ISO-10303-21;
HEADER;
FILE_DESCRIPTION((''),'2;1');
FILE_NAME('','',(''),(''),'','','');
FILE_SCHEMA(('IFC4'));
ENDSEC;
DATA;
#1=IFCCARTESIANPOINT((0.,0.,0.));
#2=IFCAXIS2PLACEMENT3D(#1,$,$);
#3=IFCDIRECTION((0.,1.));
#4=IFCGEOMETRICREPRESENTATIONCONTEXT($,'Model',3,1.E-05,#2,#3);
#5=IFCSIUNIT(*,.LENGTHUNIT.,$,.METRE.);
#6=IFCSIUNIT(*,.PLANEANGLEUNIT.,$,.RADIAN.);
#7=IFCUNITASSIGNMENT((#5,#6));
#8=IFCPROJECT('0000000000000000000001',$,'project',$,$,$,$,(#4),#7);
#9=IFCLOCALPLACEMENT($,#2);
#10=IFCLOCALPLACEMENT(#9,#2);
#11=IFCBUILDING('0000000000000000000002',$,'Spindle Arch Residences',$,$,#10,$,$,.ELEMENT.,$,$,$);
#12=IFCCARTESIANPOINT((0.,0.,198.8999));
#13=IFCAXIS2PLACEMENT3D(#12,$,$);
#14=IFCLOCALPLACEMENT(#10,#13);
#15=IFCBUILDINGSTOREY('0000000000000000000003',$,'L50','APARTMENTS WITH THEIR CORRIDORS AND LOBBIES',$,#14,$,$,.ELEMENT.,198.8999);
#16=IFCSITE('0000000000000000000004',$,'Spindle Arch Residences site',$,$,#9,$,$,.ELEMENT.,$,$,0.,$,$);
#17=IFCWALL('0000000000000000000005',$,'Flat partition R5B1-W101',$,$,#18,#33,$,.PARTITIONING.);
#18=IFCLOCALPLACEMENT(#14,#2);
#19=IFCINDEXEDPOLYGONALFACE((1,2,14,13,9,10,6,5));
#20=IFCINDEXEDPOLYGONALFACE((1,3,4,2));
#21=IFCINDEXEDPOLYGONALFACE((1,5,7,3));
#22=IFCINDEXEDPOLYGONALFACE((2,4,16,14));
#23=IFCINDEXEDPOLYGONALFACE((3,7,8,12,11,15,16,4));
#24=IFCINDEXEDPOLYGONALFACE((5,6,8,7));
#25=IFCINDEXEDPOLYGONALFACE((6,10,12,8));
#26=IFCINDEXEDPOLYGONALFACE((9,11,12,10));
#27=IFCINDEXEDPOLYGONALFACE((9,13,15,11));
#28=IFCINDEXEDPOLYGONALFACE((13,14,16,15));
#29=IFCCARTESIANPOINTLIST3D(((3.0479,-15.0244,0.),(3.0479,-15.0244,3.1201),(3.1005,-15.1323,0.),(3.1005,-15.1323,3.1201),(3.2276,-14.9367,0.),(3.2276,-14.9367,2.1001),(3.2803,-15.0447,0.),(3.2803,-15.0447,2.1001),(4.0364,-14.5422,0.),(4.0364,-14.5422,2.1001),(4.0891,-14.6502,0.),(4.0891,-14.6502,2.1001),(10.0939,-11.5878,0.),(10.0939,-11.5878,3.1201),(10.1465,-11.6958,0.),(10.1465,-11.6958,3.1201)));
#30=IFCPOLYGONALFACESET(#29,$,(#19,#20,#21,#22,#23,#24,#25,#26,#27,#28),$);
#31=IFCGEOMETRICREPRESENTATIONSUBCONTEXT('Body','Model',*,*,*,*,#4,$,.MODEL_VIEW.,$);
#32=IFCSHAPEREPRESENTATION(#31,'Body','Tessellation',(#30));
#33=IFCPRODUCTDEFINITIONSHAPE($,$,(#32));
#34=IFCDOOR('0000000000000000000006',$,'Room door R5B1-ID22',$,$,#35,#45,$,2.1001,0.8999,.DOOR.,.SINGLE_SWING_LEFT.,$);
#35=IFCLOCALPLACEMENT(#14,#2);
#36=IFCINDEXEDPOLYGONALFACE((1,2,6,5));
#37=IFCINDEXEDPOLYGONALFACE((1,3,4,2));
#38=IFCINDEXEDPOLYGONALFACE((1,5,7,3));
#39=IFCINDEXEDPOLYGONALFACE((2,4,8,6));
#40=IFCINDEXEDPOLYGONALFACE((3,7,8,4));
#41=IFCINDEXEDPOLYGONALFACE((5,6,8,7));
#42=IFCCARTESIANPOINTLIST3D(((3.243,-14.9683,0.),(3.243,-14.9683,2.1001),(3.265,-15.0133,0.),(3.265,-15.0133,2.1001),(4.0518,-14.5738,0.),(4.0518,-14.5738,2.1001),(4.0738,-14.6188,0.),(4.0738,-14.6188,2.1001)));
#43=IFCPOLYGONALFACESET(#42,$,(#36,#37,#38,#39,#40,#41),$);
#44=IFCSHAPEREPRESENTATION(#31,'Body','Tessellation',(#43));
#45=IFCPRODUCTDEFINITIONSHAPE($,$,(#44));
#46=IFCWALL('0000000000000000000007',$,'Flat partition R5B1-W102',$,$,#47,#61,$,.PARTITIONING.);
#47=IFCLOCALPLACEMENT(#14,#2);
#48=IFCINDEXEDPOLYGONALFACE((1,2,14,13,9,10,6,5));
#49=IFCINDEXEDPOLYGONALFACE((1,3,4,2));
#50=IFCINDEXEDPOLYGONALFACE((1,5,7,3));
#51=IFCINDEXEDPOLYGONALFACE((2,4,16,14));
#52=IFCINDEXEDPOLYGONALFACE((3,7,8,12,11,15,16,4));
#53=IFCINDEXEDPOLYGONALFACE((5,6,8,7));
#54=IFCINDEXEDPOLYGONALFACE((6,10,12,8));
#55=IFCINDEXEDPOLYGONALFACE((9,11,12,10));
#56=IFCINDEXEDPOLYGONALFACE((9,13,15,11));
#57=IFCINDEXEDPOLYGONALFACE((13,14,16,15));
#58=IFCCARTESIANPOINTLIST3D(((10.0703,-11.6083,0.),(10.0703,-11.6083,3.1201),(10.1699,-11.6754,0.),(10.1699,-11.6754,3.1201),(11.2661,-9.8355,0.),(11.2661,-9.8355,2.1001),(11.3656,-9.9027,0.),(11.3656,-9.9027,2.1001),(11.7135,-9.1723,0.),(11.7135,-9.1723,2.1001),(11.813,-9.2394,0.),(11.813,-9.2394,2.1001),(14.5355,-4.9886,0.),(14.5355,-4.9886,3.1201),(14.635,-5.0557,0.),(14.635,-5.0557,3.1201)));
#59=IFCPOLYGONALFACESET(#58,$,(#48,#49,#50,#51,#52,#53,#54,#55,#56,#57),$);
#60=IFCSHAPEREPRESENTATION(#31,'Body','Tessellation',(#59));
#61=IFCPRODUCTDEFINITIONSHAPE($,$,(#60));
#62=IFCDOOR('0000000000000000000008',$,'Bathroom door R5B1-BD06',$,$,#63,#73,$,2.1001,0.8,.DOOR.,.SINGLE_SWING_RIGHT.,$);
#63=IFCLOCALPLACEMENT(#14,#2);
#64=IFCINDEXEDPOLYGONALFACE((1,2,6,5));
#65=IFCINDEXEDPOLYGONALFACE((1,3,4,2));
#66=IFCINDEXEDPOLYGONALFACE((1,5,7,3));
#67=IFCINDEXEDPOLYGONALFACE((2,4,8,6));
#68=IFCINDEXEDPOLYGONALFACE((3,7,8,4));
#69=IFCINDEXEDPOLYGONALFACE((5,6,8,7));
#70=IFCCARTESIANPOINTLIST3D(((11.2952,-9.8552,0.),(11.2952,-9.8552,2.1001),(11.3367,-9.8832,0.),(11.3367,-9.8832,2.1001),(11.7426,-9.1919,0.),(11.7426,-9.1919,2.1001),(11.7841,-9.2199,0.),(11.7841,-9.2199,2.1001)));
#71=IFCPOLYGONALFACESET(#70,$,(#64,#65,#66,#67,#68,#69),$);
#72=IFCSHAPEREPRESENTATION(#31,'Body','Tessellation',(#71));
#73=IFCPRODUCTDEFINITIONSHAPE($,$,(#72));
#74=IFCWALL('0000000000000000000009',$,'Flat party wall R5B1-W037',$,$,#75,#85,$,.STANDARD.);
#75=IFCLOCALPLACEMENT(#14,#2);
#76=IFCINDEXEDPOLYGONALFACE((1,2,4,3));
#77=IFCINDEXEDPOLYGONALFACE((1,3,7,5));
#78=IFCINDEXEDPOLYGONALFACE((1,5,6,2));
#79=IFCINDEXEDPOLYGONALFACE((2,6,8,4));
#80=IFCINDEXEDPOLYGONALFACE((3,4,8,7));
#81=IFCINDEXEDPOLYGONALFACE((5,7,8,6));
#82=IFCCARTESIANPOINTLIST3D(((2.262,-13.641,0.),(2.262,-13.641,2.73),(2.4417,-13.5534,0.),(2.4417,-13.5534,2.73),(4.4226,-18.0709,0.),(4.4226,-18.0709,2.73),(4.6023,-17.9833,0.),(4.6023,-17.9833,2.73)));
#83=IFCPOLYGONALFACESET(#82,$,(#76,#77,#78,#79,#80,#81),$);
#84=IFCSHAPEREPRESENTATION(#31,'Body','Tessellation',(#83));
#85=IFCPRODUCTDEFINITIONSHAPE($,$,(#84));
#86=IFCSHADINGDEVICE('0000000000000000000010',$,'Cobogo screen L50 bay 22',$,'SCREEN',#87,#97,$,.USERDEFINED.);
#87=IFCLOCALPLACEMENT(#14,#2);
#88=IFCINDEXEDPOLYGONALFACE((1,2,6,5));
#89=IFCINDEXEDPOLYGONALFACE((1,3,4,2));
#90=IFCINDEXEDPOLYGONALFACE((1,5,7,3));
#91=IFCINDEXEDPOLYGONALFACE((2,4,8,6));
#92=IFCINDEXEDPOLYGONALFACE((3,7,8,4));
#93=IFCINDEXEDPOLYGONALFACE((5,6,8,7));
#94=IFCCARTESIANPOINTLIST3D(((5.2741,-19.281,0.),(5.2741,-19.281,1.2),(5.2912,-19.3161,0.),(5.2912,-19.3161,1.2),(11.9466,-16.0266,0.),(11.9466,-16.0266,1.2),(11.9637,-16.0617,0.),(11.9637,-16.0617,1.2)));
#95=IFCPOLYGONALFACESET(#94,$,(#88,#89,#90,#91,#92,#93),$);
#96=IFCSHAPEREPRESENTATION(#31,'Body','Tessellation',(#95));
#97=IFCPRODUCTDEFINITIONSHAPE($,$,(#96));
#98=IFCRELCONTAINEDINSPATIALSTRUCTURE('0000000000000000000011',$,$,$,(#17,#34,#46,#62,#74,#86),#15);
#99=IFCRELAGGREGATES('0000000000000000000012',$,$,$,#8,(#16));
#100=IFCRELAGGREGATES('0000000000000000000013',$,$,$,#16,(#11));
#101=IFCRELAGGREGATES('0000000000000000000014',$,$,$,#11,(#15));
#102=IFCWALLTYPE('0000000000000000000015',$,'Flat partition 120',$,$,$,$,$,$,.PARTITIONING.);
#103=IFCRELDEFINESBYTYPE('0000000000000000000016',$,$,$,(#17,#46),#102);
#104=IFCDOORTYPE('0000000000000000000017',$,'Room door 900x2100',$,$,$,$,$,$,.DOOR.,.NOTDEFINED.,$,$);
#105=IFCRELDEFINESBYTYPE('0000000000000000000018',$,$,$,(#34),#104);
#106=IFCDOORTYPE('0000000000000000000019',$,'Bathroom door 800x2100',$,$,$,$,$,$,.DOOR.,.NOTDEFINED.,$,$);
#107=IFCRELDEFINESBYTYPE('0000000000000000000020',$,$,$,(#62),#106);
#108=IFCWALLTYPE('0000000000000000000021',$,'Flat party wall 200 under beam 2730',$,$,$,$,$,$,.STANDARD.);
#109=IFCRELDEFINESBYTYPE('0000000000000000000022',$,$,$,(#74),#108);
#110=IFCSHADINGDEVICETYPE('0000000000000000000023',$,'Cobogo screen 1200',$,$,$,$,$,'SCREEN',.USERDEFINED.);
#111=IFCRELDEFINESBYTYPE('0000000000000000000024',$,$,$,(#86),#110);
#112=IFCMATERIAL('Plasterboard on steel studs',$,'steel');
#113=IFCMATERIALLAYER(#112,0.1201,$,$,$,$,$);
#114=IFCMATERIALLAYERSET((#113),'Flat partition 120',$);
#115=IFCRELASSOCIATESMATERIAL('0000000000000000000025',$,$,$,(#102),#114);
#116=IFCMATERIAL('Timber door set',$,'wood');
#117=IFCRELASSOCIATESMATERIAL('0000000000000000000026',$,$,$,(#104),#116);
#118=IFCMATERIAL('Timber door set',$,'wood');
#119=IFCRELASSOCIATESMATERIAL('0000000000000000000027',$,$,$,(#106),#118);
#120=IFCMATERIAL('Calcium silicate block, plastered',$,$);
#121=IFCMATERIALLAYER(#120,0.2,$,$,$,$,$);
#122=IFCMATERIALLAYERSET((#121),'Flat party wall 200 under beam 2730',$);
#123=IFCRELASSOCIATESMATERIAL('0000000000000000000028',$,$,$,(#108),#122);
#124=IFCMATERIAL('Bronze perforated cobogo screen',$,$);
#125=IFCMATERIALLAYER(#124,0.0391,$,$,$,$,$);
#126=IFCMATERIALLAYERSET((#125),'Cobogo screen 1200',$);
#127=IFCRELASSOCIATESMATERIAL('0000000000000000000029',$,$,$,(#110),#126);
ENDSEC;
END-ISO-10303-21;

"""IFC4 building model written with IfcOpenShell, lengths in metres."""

from ifc_helpers import new_model, si_unit, direction, frame, frame_2d, origin, origin_2d, place, context, subcontext, project, spatial, rectangle, extrude, material, layer, layer_set, type_object, element, fill, save


model = new_model("IFC4")

# Units and contexts
model_context = context("Model", 3, precision=1e-05, world=origin(), true_north=direction((0.0, 1.0)))
body_context = subcontext(model_context, "Body", "Model", "MODEL_VIEW")
ifc_project = project(units=[si_unit("LENGTHUNIT", "METRE"), si_unit("PLANEANGLEUNIT", "RADIAN")], contexts=[model_context])

# Site, building, storey
site_placement = place(None, origin())
site = spatial("IfcSite", under=ifc_project, at=site_placement, Name="Spindle Arch Residences site", CompositionType="ELEMENT", RefElevation=0.0)
building_placement = place(site_placement, origin())
building = spatial("IfcBuilding", under=site, at=building_placement, Name="Spindle Arch Residences", CompositionType="ELEMENT")
storey_placement = place(building_placement, frame((0.0, 0.0, 198.8999)))
storey = spatial("IfcBuildingStorey", under=building, at=storey_placement, Name="L50", Description="APARTMENTS WITH THEIR CORRIDORS AND LOBBIES", CompositionType="ELEMENT", Elevation=198.8999)

# Shared definitions
ifc_material_1 = material(Name="Plasterboard on steel studs", Category="steel")
ifc_layer_1 = layer(ifc_material_1, 0.1201)
ifc_layer_set_1 = layer_set([ifc_layer_1], Name="Flat partition 120")
wall_type_1 = type_object("IfcWallType", Name="Flat partition 120", PredefinedType="PARTITIONING", material=ifc_layer_set_1)

# Walls, openings, doors
wall_1_placement = place(storey_placement, frame((3.0742, -15.0784, 0.0), z_axis=(0.0, 0.0, 1.0), x_axis=(0.898794, 0.438372, 0.0)))
wall_1 = element("IfcWall", 1, at=wall_1_placement, inside=storey, type_object=wall_type_1, Name="Flat partition R5B1-W101", PredefinedType="PARTITIONING", context=body_context, shape_type="SweptSolid", body=[
    extrude(rectangle(XDim=7.8394, YDim=0.1201, at=frame_2d((3.9197, 0.0))), origin(), (0.0, 0.0, 1.0), 3.1201),
])
opening_1_placement = place(wall_1_placement, frame((0.2, 0.0, 0.0)))
opening_1 = element("IfcOpeningElement", 2, at=opening_1_placement, cuts=wall_1, PredefinedType="OPENING", context=body_context, shape_type="SweptSolid", body=[
    extrude(rectangle(XDim=0.8999, YDim=2.1001, at=frame_2d((0.45, 1.05))), frame((0.0, 0.0701, 0.0), z_axis=(0.0, -1.0, 0.0), x_axis=(1.0, 0.0, 0.0)), (0.0, 0.0, 1.0), 0.1401),
])
ifc_material_2 = material(Name="Timber door set", Category="wood")
door_type_1 = type_object("IfcDoorType", Name="Room door 900x2100", OperationType="NOTDEFINED", PredefinedType="DOOR", material=ifc_material_2)
door_1_placement = place(opening_1_placement, origin())
door_1 = element("IfcDoor", 3, at=door_1_placement, inside=storey, type_object=door_type_1, Name="Room door R5B1-ID22", OperationType="SINGLE_SWING_LEFT", OverallHeight=2.1001, OverallWidth=0.8999, PredefinedType="DOOR", context=body_context, shape_type="SweptSolid", body=[
    extrude(rectangle(XDim=0.8999, YDim=2.1001, at=frame_2d((0.45, 1.05))), frame((0.0, 0.0249, 0.0), z_axis=(0.0, -1.0, 0.0), x_axis=(1.0, 0.0, 0.0)), (0.0, 0.0, 1.0), 0.05),
])
fill(opening_1, door_1)
wall_2_placement = place(storey_placement, frame((10.1201, -11.6418, 0.0), z_axis=(0.0, 0.0, 1.0), x_axis=(0.559201, 0.829032, 0.0)))
wall_2 = element("IfcWall", 4, at=wall_2_placement, inside=storey, type_object=wall_type_1, Name="Flat partition R5B1-W102", PredefinedType="PARTITIONING", context=body_context, shape_type="SweptSolid", body=[
    extrude(rectangle(XDim=7.9849, YDim=0.1201, at=frame_2d((3.9924, 0.0))), origin(), (0.0, 0.0, 1.0), 3.1201),
])
opening_2_placement = place(wall_2_placement, frame((2.1384, 0.0, 0.0)))
opening_2 = element("IfcOpeningElement", 5, at=opening_2_placement, cuts=wall_2, PredefinedType="OPENING", context=body_context, shape_type="SweptSolid", body=[
    extrude(rectangle(XDim=0.8, YDim=2.1001, at=frame_2d((0.3999, 1.05))), frame((0.0, 0.0701, 0.0), z_axis=(0.0, -1.0, 0.0), x_axis=(1.0, 0.0, 0.0)), (0.0, 0.0, 1.0), 0.1401),
])
ifc_material_3 = material(Name="Timber door set", Category="wood")
door_type_2 = type_object("IfcDoorType", Name="Bathroom door 800x2100", OperationType="NOTDEFINED", PredefinedType="DOOR", material=ifc_material_3)
door_2_placement = place(opening_2_placement, origin())
door_2 = element("IfcDoor", 6, at=door_2_placement, inside=storey, type_object=door_type_2, Name="Bathroom door R5B1-BD06", OperationType="SINGLE_SWING_RIGHT", OverallHeight=2.1001, OverallWidth=0.8, PredefinedType="DOOR", context=body_context, shape_type="SweptSolid", body=[
    extrude(rectangle(XDim=0.8, YDim=2.1001, at=frame_2d((0.3999, 1.05))), frame((0.0, 0.0249, 0.0), z_axis=(0.0, -1.0, 0.0), x_axis=(1.0, 0.0, 0.0)), (0.0, 0.0, 1.0), 0.05),
])
fill(opening_2, door_2)

# Wall
ifc_material_4 = material(Name="Calcium silicate block, plastered")
ifc_layer_2 = layer(ifc_material_4, 0.2)
ifc_layer_set_2 = layer_set([ifc_layer_2], Name="Flat party wall 200 under beam 2730")
wall_type_2 = type_object("IfcWallType", Name="Flat party wall 200 under beam 2730", PredefinedType="STANDARD", material=ifc_layer_set_2)
wall_3_placement = place(storey_placement, frame((4.5125, -18.0271, 0.0), z_axis=(0.0, 0.0, 1.0), x_axis=(-0.438375, 0.898792, 0.0)))
element("IfcWall", 7, at=wall_3_placement, inside=storey, type_object=wall_type_2, Name="Flat party wall R5B1-W037", PredefinedType="STANDARD", context=body_context, shape_type="SweptSolid", body=[
    extrude(rectangle(XDim=4.9287, YDim=0.2, at=frame_2d((2.4644, 0.0))), origin(), (0.0, 0.0, 1.0), 2.73),
])

# Shading device
ifc_material_5 = material(Name="Bronze perforated cobogo screen")
ifc_layer_3 = layer(ifc_material_5, 0.0391)
ifc_layer_set_3 = layer_set([ifc_layer_3], Name="Cobogo screen 1200")
shading_device_type = type_object("IfcShadingDeviceType", Name="Cobogo screen 1200", ElementType="SCREEN", PredefinedType="USERDEFINED", material=ifc_layer_set_3)
shading_device_placement = place(storey_placement, frame((8.6189, -17.6714, 0.0), z_axis=(0.0, 0.0, 1.0), x_axis=(0.898794, 0.438371, 0.0)))
element("IfcShadingDevice", 8, at=shading_device_placement, inside=storey, type_object=shading_device_type, Name="Cobogo screen L50 bay 22", ObjectType="SCREEN", PredefinedType="USERDEFINED", context=body_context, shape_type="SweptSolid", body=[
    extrude(rectangle(XDim=7.4238, YDim=0.0391, at=origin_2d()), origin(), (0.0, 0.0, 1.0), 1.2),
])

save(model, "model.ifc")
